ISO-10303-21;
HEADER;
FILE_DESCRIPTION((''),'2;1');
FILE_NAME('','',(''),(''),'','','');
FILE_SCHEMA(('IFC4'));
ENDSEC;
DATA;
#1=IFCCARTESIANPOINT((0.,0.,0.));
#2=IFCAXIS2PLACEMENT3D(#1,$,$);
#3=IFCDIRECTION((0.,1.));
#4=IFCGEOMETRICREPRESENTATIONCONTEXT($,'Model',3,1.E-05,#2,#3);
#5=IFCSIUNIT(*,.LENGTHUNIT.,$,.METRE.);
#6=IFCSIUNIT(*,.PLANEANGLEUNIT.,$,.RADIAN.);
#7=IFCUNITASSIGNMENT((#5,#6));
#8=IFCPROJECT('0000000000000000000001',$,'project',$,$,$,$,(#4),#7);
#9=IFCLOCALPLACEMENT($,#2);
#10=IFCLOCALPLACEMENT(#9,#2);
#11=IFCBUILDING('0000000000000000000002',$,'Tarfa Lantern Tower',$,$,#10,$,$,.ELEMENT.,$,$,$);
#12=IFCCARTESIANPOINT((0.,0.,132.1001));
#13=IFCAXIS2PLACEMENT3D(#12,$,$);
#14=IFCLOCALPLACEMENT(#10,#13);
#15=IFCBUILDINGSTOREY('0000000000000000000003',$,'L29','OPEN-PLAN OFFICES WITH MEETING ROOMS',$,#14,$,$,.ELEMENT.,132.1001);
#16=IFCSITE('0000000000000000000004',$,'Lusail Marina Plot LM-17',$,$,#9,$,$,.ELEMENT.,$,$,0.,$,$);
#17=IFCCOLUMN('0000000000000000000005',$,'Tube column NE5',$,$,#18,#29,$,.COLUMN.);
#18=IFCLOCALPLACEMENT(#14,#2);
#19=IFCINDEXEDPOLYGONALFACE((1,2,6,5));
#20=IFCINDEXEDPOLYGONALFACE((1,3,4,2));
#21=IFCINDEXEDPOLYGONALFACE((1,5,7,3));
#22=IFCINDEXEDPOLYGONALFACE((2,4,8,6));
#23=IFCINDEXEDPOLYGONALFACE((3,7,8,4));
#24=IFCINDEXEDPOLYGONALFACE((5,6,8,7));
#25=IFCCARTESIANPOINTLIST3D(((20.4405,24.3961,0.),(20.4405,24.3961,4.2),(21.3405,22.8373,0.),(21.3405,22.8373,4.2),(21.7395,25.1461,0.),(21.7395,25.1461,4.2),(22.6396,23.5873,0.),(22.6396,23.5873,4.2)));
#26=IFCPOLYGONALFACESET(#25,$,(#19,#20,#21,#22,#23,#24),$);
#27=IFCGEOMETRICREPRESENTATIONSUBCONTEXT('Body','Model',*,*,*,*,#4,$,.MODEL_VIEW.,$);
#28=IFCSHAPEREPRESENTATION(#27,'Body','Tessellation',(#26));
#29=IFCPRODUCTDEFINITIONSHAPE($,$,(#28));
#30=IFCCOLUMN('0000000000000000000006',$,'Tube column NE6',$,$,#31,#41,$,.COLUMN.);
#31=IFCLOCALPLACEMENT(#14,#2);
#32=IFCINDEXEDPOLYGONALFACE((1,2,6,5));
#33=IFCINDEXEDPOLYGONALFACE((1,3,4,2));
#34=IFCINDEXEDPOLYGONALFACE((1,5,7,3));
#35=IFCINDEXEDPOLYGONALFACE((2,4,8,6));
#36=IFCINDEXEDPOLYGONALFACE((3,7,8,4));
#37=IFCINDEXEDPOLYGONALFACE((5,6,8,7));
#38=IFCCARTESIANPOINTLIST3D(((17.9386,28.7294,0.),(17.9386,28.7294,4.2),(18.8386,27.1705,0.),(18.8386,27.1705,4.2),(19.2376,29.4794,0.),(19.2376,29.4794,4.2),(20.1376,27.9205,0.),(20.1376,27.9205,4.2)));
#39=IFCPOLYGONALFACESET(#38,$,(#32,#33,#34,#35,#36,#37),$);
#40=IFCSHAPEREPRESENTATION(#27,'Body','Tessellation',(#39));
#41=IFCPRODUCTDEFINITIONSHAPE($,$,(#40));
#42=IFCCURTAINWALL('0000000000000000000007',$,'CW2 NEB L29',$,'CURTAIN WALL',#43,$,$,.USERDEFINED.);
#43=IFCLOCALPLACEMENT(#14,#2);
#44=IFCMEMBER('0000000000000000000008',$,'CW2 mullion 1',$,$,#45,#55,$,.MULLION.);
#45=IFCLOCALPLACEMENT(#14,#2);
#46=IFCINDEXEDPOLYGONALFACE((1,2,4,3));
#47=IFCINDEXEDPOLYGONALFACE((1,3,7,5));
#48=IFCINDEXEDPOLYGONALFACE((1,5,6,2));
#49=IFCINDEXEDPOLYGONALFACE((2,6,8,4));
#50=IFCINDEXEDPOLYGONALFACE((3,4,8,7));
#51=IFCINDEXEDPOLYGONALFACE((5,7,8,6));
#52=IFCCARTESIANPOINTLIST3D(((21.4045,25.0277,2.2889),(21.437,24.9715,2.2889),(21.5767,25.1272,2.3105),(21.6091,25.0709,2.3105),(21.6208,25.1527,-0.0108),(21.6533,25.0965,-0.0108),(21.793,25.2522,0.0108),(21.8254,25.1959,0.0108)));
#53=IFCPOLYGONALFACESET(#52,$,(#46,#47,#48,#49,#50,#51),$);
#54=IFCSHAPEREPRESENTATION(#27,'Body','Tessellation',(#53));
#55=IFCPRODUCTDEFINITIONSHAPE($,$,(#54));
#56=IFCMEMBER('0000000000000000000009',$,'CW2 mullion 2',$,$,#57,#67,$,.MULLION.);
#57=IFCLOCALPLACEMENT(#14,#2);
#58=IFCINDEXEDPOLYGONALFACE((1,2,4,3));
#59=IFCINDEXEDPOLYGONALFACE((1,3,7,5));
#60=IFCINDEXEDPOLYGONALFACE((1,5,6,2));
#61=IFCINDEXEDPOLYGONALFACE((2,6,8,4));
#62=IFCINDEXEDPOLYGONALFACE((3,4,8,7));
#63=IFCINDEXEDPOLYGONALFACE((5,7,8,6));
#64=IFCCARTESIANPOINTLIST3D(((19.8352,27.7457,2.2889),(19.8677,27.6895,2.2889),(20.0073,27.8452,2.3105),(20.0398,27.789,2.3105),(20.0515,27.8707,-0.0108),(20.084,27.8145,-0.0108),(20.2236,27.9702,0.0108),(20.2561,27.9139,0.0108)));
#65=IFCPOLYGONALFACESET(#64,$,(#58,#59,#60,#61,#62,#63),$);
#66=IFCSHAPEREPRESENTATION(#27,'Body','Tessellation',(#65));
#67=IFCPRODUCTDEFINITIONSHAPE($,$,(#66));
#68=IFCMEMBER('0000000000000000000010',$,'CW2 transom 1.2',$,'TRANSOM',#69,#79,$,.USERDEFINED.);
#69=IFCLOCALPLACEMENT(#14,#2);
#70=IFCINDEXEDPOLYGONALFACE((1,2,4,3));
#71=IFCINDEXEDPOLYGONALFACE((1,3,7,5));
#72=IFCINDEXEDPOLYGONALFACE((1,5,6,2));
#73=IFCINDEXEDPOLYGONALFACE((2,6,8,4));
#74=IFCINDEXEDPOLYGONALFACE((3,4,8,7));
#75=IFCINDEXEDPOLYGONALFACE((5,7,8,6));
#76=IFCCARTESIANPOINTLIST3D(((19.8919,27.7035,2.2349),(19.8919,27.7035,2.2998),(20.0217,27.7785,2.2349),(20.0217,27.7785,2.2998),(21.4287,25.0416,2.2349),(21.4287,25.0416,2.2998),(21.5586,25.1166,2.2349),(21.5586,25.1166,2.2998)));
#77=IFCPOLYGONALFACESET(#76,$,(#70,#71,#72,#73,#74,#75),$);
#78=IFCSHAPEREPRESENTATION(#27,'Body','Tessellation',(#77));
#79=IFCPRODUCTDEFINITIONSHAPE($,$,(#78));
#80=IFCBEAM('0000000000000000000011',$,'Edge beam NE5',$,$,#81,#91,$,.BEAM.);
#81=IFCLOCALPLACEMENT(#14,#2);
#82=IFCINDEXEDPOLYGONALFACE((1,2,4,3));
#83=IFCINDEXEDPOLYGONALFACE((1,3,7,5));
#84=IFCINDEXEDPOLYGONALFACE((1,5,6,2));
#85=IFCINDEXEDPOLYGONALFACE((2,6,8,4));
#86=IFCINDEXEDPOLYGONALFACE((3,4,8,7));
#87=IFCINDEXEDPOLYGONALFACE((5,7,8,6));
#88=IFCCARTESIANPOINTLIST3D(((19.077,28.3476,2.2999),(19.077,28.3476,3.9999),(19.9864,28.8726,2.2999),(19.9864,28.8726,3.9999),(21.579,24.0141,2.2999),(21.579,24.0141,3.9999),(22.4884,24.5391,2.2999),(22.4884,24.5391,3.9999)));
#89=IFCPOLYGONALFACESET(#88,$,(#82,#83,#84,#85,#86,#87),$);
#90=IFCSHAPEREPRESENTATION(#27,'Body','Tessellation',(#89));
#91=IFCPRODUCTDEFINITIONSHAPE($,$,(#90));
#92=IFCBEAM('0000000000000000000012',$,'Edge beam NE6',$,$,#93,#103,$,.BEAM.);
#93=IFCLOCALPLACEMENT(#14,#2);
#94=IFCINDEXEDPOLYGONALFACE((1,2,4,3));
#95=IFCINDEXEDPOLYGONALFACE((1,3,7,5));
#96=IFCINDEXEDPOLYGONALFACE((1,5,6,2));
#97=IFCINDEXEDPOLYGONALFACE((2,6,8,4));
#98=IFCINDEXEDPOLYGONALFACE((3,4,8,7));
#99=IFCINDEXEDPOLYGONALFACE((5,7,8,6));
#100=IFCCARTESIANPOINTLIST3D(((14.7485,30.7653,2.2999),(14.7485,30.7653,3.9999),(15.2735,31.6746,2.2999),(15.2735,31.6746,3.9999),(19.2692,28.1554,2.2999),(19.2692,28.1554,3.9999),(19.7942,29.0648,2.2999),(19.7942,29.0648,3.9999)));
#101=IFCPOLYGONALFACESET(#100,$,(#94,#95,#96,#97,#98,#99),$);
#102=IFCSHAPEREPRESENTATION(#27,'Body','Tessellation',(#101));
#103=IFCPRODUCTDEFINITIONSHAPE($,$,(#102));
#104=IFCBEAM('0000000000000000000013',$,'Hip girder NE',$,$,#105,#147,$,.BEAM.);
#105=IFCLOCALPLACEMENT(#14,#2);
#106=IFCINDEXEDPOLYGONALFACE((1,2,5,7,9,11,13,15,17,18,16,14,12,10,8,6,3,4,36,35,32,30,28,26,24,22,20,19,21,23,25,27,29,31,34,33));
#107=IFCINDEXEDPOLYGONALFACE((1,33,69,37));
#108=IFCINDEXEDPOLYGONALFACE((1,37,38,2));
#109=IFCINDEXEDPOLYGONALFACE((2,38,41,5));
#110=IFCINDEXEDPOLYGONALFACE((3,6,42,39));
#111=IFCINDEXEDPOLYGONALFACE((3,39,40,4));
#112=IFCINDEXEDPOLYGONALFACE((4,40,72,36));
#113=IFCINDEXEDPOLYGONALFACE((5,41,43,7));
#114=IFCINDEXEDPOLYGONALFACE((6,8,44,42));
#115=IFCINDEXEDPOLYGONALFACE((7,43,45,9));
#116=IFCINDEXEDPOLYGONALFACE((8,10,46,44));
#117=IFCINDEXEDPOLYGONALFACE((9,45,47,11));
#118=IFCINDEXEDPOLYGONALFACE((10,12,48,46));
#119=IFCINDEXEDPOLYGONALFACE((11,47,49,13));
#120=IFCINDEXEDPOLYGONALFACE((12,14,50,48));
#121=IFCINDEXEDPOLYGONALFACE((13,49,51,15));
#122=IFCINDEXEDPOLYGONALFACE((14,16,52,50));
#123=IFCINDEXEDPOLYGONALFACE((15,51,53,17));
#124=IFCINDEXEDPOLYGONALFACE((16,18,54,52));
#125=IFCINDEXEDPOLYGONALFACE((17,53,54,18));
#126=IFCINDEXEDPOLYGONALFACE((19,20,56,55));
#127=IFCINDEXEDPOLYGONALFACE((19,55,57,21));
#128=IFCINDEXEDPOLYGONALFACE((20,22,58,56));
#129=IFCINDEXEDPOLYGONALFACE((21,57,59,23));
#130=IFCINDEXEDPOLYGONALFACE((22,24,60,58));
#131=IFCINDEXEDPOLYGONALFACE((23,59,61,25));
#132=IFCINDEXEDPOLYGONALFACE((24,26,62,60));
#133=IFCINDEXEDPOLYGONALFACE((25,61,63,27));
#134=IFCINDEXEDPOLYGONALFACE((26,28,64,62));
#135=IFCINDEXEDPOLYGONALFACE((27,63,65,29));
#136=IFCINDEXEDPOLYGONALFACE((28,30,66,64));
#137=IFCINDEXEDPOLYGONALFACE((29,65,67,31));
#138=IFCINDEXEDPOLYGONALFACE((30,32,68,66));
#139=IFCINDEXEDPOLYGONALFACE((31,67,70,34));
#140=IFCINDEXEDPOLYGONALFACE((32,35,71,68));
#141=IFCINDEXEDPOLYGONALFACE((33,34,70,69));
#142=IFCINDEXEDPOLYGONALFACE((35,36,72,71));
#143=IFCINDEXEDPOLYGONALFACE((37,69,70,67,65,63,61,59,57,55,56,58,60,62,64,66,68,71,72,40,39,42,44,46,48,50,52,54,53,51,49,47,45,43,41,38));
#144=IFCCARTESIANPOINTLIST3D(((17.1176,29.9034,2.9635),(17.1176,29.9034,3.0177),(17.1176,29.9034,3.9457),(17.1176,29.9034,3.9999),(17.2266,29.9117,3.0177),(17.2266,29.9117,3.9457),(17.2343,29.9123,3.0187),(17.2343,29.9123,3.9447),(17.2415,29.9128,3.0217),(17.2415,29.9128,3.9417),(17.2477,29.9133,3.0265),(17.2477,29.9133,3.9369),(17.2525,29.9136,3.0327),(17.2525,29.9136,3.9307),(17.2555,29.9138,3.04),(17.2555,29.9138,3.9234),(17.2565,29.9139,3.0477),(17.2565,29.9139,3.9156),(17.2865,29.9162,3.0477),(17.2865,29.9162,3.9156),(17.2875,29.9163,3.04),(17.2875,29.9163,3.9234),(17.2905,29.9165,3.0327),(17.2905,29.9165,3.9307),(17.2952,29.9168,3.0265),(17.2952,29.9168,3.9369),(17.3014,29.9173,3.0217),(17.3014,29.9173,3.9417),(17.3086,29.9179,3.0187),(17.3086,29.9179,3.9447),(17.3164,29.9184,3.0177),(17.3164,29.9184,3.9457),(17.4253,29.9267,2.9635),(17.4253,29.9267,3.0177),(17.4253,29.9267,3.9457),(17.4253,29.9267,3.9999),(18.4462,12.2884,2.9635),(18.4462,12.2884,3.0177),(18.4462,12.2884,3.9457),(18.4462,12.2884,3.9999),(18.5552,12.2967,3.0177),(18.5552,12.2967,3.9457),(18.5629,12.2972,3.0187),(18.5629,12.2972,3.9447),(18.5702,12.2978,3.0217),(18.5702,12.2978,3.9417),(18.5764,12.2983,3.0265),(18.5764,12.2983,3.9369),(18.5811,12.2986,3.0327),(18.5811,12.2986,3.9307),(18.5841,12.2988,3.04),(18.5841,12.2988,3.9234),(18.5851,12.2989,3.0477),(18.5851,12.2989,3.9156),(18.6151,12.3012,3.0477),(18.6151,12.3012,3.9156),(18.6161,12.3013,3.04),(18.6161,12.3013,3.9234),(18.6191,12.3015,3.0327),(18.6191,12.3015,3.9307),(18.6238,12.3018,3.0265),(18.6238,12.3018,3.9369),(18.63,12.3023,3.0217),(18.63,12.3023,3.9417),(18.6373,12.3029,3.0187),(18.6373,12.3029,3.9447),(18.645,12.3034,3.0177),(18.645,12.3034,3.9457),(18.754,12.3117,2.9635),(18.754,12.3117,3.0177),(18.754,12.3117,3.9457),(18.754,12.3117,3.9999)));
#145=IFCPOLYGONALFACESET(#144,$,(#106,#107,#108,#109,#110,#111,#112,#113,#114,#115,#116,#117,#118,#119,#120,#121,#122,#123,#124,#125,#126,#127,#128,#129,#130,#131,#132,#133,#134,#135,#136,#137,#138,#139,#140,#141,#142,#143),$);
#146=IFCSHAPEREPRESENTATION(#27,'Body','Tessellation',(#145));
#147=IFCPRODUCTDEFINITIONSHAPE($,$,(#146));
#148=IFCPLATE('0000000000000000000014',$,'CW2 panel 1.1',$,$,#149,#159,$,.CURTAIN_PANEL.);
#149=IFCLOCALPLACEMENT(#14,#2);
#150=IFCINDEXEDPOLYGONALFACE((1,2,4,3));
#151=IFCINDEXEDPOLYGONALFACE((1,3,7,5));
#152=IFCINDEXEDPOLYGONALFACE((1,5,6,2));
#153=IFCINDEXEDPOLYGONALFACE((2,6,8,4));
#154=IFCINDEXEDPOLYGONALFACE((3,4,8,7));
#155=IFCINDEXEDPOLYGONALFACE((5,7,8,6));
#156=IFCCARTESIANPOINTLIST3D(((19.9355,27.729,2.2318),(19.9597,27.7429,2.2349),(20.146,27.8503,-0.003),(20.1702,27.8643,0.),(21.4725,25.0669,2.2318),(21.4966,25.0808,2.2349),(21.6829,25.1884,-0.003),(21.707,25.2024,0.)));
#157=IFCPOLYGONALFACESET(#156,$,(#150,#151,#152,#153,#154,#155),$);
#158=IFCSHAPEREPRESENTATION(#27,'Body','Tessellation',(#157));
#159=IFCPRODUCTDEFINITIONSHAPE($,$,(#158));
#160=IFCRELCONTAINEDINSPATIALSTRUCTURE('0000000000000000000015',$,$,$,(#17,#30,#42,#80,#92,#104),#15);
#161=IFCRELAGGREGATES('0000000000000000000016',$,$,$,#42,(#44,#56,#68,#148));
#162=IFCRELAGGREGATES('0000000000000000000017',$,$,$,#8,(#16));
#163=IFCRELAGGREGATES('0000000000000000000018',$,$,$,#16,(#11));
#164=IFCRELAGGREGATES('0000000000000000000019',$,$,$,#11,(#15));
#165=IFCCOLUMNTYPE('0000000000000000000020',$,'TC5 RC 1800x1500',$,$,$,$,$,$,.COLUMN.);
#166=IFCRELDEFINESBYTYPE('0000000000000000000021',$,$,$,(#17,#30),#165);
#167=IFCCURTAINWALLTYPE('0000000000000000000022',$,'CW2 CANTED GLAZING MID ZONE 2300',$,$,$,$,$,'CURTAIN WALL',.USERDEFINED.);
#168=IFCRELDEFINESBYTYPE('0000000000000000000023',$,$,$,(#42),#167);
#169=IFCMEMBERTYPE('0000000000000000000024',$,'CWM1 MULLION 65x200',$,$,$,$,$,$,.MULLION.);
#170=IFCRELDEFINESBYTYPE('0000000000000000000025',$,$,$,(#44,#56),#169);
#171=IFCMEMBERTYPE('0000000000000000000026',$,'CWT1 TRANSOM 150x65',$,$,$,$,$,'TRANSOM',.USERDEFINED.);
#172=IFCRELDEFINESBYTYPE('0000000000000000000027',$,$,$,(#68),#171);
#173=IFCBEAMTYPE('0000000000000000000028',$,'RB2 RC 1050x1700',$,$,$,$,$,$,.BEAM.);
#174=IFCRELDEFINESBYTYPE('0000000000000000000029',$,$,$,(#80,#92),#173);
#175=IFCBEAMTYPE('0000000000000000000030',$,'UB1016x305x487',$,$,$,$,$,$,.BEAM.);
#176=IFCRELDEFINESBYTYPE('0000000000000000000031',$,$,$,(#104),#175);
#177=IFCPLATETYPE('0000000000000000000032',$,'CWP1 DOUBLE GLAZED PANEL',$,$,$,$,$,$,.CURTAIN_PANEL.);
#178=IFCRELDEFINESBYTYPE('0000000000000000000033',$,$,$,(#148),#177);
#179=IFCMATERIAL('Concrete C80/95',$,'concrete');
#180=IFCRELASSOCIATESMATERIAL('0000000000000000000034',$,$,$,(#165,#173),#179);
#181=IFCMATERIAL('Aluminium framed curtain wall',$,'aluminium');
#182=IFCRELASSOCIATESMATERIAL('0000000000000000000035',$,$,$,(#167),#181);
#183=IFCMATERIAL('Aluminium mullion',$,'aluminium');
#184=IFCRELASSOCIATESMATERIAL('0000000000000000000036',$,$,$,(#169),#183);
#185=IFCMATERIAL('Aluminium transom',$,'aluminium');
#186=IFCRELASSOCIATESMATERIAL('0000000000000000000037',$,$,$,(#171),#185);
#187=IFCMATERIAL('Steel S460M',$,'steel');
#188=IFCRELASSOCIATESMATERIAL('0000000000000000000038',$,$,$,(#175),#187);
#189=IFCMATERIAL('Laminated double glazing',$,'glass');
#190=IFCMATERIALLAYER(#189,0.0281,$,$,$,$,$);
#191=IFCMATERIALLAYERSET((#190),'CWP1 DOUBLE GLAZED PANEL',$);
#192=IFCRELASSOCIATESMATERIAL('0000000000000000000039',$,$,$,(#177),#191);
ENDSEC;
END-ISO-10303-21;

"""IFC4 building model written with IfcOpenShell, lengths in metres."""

from ifc_helpers import new_model, si_unit, direction, frame, origin, origin_2d, place, context, subcontext, project, spatial, polyline, rectangle, i_section, outline, extrude, material, layer, layer_set, material_profile, profile_set, type_object, element, aggregate, save


model = new_model("IFC4")

# Units and contexts
model_context = context("Model", 3, precision=1e-05, world=origin(), true_north=direction((0.0, 1.0)))
body_context = subcontext(model_context, "Body", "Model", "MODEL_VIEW")
ifc_project = project(units=[si_unit("LENGTHUNIT", "METRE"), si_unit("PLANEANGLEUNIT", "RADIAN")], contexts=[model_context])

# Site, building, storey
site_placement = place(None, origin())
site = spatial("IfcSite", under=ifc_project, at=site_placement, Name="Lusail Marina Plot LM-17", CompositionType="ELEMENT", RefElevation=0.0)
building_placement = place(site_placement, origin())
building = spatial("IfcBuilding", under=site, at=building_placement, Name="Tarfa Lantern Tower", CompositionType="ELEMENT")
storey_placement = place(building_placement, frame((0.0, 0.0, 132.1001)))
storey = spatial("IfcBuildingStorey", under=building, at=storey_placement, Name="L29", Description="OPEN-PLAN OFFICES WITH MEETING ROOMS", CompositionType="ELEMENT", Elevation=132.1001)

# Columns
ifc_material_1 = material(Name="Concrete C80/95", Category="concrete")
ifc_material_profile_1 = material_profile(ifc_material_1, rectangle(XDim=1.8, YDim=1.5, at=origin_2d()), Name="RC 1800x1500")
ifc_profile_set_1 = profile_set([ifc_material_profile_1], Name="Concrete C80/95")
column_type = type_object("IfcColumnType", Name="TC5 RC 1800x1500", PredefinedType="COLUMN", material=ifc_profile_set_1)
for number, where, z_axis, x_axis, name in (
    (1, (21.54, 23.9917, 0.0), (0.0, 0.0, 1.0), (-0.5, 0.866025, 0.0), "Tube column NE5"),
    (2, (19.0381, 28.325, 0.0), (0.0, 0.0, 1.0), (-0.5, 0.866025, 0.0), "Tube column NE6"),
):
    element("IfcColumn", number, at=place(storey_placement, frame(where, z_axis=z_axis, x_axis=x_axis)), inside=storey, type_object=column_type, Name=name, PredefinedType="COLUMN", context=body_context, shape_type="SweptSolid", body=[
        extrude(rectangle(XDim=1.8, YDim=1.5, at=origin_2d()), origin(), (0.0, 0.0, 1.0), 4.2),
    ])

# Curtain wall, members
ifc_material_2 = material(Name="Aluminium framed curtain wall", Category="aluminium")
curtain_wall_type = type_object("IfcCurtainWallType", Name="CW2 CANTED GLAZING MID ZONE 2300", ElementType="CURTAIN WALL", PredefinedType="USERDEFINED", material=ifc_material_2)
curtain_wall_placement = place(storey_placement, origin())
curtain_wall = element("IfcCurtainWall", 3, at=curtain_wall_placement, inside=storey, type_object=curtain_wall_type, Name="CW2 NEB L29", ObjectType="CURTAIN WALL", PredefinedType="USERDEFINED")
ifc_material_3 = material(Name="Aluminium mullion", Category="aluminium")
ifc_material_profile_2 = material_profile(ifc_material_3, rectangle(XDim=0.0649, YDim=0.2, at=origin_2d()), Name="AL MULLION 65x200")
ifc_profile_set_2 = profile_set([ifc_material_profile_2], Name="Aluminium mullion")
member_type_1 = type_object("IfcMemberType", Name="CWM1 MULLION 65x200", PredefinedType="MULLION", material=ifc_profile_set_2)
member_1_placement = place(storey_placement, frame((21.7231, 25.1743, 0.0), z_axis=(-0.093505, -0.054035, 0.994151), x_axis=(0.500343, -0.865827, 0.0)))
member_1 = element("IfcMember", 4, at=member_1_placement, type_object=member_type_1, Name="CW2 mullion 1", PredefinedType="MULLION", context=body_context, shape_type="SweptSolid", body=[
    extrude(rectangle(XDim=0.0649, YDim=0.2, at=origin_2d()), origin(), (0.0, 0.0, 1.0), 2.3132),
])
member_2_placement = place(storey_placement, frame((20.1538, 27.8923, 0.0), z_axis=(-0.093505, -0.054035, 0.994151), x_axis=(0.500343, -0.865827, 0.0)))
member_2 = element("IfcMember", 5, at=member_2_placement, type_object=member_type_1, Name="CW2 mullion 2", PredefinedType="MULLION", context=body_context, shape_type="SweptSolid", body=[
    extrude(rectangle(XDim=0.0649, YDim=0.2, at=origin_2d()), origin(), (0.0, 0.0, 1.0), 2.3132),
])
ifc_material_4 = material(Name="Aluminium transom", Category="aluminium")
ifc_material_profile_3 = material_profile(ifc_material_4, rectangle(XDim=0.1499, YDim=0.0649, at=origin_2d()), Name="AL TRANSOM 150x65")
ifc_profile_set_3 = profile_set([ifc_material_profile_3], Name="Aluminium transom")
member_type_2 = type_object("IfcMemberType", Name="CWT1 TRANSOM 150x65", ElementType="TRANSOM", PredefinedType="USERDEFINED", material=ifc_profile_set_3)
member_3_placement = place(storey_placement, frame((21.4937, 25.0791, 2.2673), z_axis=(-0.500009, 0.86602, 0.0), x_axis=(-0.86602, -0.500009, 0.0)))
member_3 = element("IfcMember", 6, at=member_3_placement, type_object=member_type_2, Name="CW2 transom 1.2", ObjectType="TRANSOM", PredefinedType="USERDEFINED", context=body_context, shape_type="SweptSolid", body=[
    extrude(rectangle(XDim=0.1499, YDim=0.0649, at=origin_2d()), origin(), (0.0, 0.0, 1.0), 3.0737),
])

# Beams
ifc_material_profile_4 = material_profile(ifc_material_1, rectangle(XDim=1.05, YDim=1.7, at=origin_2d()), Name="RC 1050x1700")
ifc_profile_set_4 = profile_set([ifc_material_profile_4], Name="Concrete C80/95")
beam_type_1 = type_object("IfcBeamType", Name="RB2 RC 1050x1700", PredefinedType="BEAM", material=ifc_profile_set_4)
beam_1_placement = place(storey_placement, frame((22.0337, 24.2766, 3.1499), z_axis=(-0.500001, 0.866025, 0.0), x_axis=(-0.866025, -0.500001, 0.0)))
element("IfcBeam", 7, at=beam_1_placement, inside=storey, type_object=beam_type_1, Name="Edge beam NE5", PredefinedType="BEAM", context=body_context, shape_type="SweptSolid", body=[
    extrude(rectangle(XDim=1.05, YDim=1.7, at=origin_2d()), origin(), (0.0, 0.0, 1.0), 5.0039),
])
beam_2_placement = place(storey_placement, frame((19.5317, 28.6101, 3.1499), z_axis=(-0.866042, 0.499972, 0.0), x_axis=(-0.499972, -0.866042, 0.0)))
element("IfcBeam", 8, at=beam_2_placement, inside=storey, type_object=beam_type_1, Name="Edge beam NE6", PredefinedType="BEAM", context=body_context, shape_type="SweptSolid", body=[
    extrude(rectangle(XDim=1.05, YDim=1.7, at=origin_2d()), origin(), (0.0, 0.0, 1.0), 5.22),
])
ifc_material_5 = material(Name="Steel S460M", Category="steel")
ifc_material_profile_5 = material_profile(ifc_material_5, i_section(OverallWidth=0.3086, OverallDepth=1.0364, WebThickness=0.03, FlangeThickness=0.0542, FilletRadius=0.03, at=origin_2d()), Name="UB1016x305x487")
ifc_profile_set_5 = profile_set([ifc_material_profile_5], Name="Steel S460M")
beam_type_2 = type_object("IfcBeamType", Name="UB1016x305x487", PredefinedType="BEAM", material=ifc_profile_set_5)
beam_3_placement = place(storey_placement, frame((18.6001, 12.3, 3.4817), z_axis=(-0.075212, 0.997168, 0.0), x_axis=(-0.997168, -0.075212, 0.0)))
element("IfcBeam", 9, at=beam_3_placement, inside=storey, type_object=beam_type_2, Name="Hip girder NE", PredefinedType="BEAM", context=body_context, shape_type="SweptSolid", body=[
    extrude(i_section(OverallWidth=0.3086, OverallDepth=1.0364, WebThickness=0.03, FlangeThickness=0.0542, FilletRadius=0.03, at=origin_2d()), origin(), (0.0, 0.0, 1.0), 17.665),
])

# Plate
ifc_material_6 = material(Name="Laminated double glazing", Category="glass")
ifc_layer_1 = layer(ifc_material_6, 0.0281)
ifc_layer_set_1 = layer_set([ifc_layer_1], Name="CWP1 DOUBLE GLAZED PANEL")
plate_type = type_object("IfcPlateType", Name="CWP1 DOUBLE GLAZED PANEL", PredefinedType="CURTAIN_PANEL", material=ifc_layer_set_1)
plate_placement = place(storey_placement, frame((21.707, 25.2024, 0.0), z_axis=(0.860956, 0.497062, 0.108088), x_axis=(-0.499992, 0.86603, 0.000002)))
plate = element("IfcPlate", 10, at=plate_placement, type_object=plate_type, Name="CW2 panel 1.1", PredefinedType="CURTAIN_PANEL", context=body_context, shape_type="SweptSolid", body=[
    extrude(outline(polyline([(0.0, 0.0), (3.0737, 0.0), (3.0738, 2.248), (-0.0001, 2.248), (0.0, 0.0)])), origin(), (0.0, 0.0, -1.0), 0.0281),
])
aggregate(curtain_wall, [member_1, member_2, member_3, plate])

save(model, "model.ifc")
